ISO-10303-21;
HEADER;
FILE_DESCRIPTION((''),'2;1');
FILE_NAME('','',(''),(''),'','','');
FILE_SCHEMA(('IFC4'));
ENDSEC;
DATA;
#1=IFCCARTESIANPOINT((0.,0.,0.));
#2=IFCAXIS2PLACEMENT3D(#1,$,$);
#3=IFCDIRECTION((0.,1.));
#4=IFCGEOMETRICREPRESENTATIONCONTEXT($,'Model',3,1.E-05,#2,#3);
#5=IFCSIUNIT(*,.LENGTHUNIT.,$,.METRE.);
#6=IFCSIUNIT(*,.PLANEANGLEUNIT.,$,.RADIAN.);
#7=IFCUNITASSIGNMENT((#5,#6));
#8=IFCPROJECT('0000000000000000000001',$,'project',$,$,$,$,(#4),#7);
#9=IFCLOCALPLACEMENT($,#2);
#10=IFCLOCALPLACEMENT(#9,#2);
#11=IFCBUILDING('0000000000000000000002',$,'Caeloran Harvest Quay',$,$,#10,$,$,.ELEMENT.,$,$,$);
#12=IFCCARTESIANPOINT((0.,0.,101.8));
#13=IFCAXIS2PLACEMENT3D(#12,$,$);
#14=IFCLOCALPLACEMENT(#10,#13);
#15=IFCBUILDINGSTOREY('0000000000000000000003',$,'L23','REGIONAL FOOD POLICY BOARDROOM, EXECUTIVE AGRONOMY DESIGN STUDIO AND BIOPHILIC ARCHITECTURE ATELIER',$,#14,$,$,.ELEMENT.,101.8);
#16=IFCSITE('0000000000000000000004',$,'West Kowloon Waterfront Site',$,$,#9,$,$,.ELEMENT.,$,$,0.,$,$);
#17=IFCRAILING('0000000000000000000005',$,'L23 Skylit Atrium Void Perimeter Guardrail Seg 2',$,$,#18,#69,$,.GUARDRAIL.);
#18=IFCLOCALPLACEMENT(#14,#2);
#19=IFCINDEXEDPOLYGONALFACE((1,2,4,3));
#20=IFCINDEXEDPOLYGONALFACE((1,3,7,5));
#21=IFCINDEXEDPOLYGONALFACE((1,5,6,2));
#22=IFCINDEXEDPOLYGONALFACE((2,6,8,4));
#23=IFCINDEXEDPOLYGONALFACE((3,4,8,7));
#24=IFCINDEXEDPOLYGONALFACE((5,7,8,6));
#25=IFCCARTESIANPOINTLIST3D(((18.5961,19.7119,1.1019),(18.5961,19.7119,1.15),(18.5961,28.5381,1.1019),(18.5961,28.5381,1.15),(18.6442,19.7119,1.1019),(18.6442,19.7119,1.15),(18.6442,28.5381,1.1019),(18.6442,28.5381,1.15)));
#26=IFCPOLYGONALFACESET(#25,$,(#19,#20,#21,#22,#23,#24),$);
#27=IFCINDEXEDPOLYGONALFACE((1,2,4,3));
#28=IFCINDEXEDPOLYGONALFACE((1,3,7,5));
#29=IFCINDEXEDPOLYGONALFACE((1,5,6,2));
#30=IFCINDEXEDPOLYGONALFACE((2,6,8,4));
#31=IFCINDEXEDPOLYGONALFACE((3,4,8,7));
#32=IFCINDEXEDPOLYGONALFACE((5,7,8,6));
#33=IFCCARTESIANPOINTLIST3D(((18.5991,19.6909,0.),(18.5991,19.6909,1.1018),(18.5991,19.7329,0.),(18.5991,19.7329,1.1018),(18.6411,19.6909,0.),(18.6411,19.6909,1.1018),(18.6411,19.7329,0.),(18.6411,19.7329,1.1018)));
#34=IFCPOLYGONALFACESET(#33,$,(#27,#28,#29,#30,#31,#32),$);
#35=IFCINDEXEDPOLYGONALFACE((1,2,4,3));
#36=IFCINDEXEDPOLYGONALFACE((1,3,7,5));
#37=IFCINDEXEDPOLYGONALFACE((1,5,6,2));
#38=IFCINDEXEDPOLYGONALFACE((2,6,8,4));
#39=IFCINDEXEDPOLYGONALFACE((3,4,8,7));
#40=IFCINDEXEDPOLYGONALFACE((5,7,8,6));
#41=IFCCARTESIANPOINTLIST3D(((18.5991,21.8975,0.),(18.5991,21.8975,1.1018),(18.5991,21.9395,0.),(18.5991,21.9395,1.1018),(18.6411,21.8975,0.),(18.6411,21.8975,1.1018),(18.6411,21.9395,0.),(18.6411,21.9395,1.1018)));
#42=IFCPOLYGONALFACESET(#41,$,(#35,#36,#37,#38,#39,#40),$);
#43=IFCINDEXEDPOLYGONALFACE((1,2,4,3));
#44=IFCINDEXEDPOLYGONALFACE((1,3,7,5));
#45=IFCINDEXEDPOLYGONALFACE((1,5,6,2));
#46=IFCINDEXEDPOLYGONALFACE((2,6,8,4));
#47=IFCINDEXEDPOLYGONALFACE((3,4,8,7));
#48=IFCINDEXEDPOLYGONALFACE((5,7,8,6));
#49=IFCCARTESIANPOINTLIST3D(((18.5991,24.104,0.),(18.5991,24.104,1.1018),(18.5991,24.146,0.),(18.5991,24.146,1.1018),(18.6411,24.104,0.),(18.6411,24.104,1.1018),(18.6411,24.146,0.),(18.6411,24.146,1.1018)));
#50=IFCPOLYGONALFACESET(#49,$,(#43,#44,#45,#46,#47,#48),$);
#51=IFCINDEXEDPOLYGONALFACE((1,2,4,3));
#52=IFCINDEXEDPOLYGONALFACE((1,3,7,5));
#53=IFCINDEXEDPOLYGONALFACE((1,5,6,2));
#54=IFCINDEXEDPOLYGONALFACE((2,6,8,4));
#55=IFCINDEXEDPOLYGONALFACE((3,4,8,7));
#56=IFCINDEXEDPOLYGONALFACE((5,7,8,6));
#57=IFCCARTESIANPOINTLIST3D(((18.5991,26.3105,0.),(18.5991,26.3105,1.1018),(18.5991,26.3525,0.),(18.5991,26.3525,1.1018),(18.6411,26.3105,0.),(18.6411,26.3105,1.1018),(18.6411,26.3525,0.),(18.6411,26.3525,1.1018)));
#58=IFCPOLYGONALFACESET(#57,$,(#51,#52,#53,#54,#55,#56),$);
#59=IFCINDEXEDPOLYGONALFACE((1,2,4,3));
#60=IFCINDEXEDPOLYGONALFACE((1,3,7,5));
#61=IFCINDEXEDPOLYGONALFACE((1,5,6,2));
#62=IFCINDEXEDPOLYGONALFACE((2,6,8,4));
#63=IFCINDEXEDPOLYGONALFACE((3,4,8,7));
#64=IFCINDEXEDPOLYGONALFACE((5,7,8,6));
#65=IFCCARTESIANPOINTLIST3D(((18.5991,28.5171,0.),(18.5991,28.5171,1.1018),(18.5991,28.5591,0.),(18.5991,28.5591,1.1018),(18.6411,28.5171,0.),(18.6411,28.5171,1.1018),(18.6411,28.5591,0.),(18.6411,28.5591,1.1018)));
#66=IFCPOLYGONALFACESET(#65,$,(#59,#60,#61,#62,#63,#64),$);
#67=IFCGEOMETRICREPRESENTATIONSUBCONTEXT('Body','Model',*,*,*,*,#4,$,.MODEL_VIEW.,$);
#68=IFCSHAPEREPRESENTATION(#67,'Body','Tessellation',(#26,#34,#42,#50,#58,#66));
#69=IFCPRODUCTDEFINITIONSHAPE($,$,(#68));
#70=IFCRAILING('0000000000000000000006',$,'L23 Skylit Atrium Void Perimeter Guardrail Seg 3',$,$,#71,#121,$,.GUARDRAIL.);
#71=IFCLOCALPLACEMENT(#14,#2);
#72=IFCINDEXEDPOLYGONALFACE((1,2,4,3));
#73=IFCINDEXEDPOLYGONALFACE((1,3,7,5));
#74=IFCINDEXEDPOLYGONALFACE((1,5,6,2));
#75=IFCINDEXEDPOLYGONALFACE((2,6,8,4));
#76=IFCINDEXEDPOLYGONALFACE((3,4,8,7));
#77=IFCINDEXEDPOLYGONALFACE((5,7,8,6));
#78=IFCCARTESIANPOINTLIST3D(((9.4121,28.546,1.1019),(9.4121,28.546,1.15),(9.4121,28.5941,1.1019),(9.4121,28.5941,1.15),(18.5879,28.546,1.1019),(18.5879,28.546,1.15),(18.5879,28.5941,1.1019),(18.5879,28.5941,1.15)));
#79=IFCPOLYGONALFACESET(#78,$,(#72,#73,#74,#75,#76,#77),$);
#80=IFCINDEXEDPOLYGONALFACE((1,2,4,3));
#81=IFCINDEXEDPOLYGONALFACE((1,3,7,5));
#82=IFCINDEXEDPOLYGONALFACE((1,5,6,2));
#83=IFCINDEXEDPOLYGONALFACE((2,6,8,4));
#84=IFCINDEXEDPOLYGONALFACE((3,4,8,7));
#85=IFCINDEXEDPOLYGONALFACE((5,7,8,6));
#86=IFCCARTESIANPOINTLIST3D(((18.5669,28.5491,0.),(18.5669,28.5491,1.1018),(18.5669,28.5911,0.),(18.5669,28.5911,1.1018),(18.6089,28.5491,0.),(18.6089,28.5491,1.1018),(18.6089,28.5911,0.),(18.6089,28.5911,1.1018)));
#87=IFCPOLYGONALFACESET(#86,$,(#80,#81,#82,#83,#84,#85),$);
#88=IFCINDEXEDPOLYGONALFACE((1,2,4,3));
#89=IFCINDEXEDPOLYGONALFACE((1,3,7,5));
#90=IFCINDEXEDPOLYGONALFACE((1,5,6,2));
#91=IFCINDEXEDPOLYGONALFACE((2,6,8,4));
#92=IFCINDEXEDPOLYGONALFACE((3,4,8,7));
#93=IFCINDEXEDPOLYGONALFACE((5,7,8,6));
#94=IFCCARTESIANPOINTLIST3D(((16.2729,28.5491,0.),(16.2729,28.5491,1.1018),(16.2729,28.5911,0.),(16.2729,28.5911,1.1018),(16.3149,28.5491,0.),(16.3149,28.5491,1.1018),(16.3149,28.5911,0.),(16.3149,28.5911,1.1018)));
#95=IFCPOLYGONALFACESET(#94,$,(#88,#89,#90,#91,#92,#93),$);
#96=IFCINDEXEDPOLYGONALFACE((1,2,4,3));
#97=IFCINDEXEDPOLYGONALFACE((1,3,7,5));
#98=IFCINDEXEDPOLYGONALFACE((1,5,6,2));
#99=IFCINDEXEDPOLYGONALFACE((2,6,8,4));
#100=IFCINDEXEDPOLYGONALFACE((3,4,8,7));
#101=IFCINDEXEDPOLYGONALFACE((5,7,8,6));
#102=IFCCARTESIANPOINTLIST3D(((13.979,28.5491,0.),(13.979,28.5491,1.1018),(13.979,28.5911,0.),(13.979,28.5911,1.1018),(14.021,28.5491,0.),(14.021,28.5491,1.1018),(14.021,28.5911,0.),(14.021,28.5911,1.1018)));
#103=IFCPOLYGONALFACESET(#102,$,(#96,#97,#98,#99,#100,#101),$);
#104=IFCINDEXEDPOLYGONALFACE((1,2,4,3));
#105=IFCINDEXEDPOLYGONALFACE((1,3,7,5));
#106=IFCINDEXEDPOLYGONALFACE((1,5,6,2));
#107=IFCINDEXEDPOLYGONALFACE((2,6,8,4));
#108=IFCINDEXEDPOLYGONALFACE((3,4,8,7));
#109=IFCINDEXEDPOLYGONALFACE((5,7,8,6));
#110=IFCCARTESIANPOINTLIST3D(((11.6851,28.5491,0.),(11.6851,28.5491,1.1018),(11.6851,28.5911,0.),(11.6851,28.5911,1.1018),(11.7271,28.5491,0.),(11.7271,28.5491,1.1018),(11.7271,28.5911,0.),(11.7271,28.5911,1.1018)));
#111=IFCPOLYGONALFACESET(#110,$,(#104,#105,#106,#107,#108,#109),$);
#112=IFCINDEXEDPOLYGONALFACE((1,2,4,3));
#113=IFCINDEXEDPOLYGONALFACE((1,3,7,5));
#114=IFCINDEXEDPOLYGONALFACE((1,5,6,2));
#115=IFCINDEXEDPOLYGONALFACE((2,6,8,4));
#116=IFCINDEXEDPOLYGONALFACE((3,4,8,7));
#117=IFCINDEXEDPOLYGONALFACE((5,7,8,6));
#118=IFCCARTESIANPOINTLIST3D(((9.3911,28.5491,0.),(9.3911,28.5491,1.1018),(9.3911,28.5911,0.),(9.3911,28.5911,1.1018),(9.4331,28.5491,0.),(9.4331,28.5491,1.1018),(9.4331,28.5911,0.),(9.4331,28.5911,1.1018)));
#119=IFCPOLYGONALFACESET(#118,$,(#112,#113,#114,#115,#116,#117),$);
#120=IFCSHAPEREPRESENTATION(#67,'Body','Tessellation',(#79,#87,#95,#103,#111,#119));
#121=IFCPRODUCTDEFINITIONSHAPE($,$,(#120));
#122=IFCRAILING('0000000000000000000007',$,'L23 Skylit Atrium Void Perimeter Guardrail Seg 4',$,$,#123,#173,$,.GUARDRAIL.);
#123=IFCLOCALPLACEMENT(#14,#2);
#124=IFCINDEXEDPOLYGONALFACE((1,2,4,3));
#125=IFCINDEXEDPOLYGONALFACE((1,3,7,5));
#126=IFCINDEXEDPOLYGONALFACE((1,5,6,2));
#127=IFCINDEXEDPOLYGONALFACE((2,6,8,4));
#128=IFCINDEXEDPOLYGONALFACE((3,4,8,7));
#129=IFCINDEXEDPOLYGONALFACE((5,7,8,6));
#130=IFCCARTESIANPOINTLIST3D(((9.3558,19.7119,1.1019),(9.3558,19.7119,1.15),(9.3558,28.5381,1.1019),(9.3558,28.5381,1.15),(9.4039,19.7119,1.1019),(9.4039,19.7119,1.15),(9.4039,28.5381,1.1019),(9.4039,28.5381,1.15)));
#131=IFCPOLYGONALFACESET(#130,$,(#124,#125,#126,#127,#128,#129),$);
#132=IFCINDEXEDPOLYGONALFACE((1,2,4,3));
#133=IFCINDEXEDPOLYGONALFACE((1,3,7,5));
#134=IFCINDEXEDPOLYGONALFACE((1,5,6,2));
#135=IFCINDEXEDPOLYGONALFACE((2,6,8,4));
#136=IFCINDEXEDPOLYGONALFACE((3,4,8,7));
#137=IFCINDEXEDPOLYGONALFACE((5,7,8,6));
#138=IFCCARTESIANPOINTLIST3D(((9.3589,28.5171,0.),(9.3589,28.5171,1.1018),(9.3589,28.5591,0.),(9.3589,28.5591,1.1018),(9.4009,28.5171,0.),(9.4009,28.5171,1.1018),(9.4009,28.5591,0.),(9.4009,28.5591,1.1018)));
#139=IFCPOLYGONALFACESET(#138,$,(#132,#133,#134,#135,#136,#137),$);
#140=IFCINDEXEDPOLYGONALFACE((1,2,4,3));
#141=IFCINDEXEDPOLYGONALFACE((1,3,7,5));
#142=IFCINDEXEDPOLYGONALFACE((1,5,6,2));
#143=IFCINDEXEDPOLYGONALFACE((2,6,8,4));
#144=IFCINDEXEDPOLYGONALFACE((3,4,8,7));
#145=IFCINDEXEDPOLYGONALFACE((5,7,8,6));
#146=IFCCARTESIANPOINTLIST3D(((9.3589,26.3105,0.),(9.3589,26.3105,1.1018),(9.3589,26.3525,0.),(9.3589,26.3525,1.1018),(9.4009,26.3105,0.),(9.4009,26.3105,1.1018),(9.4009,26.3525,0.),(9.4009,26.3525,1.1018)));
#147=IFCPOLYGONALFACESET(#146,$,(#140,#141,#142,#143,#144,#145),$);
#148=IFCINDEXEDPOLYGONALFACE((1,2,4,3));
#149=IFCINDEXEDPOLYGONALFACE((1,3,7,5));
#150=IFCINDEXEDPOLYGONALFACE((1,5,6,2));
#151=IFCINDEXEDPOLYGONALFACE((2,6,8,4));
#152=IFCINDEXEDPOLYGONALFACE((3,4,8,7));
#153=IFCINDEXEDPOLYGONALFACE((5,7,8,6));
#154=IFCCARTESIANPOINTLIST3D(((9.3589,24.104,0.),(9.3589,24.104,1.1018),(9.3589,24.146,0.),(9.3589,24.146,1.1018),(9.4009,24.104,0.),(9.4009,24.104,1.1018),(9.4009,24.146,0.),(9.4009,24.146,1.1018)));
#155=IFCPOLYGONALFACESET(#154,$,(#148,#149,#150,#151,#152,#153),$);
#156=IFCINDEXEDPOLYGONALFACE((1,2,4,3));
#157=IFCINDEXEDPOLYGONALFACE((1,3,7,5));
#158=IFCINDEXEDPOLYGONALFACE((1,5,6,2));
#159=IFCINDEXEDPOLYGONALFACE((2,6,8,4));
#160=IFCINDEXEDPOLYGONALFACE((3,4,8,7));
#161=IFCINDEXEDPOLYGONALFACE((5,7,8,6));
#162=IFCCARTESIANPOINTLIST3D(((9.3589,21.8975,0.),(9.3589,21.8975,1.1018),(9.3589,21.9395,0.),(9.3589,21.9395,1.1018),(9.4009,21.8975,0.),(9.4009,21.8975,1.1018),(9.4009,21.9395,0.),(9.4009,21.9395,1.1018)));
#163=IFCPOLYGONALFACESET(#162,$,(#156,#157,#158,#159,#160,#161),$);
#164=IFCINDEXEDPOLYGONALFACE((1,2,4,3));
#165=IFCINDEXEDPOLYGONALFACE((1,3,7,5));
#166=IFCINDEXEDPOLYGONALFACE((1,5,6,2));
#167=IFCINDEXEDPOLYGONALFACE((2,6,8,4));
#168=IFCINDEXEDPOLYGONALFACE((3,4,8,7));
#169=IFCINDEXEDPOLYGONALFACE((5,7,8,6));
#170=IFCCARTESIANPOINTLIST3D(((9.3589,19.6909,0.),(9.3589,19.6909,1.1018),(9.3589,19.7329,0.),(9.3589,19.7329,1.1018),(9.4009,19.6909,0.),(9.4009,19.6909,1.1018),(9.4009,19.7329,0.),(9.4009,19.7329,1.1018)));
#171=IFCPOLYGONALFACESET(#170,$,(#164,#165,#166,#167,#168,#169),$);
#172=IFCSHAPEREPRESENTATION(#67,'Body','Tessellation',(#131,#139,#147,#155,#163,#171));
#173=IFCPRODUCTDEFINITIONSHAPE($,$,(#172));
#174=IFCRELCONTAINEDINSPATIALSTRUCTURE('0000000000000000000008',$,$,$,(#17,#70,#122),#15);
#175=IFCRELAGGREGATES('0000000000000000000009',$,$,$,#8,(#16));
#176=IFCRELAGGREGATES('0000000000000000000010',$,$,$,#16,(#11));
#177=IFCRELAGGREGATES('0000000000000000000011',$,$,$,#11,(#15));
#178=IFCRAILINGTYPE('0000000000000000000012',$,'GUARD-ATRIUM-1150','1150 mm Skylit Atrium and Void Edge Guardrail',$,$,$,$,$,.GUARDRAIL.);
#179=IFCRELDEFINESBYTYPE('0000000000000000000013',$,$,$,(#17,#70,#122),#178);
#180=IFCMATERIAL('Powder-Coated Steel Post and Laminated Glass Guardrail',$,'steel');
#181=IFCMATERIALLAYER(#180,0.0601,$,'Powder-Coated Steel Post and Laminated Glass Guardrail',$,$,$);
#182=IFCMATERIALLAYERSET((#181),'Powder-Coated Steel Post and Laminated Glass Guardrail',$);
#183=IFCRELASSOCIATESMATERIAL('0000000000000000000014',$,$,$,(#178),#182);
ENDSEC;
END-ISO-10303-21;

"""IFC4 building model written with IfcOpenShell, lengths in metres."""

from ifc_helpers import new_model, si_unit, direction, frame, origin, origin_2d, place, context, subcontext, project, spatial, rectangle, extrude, material, layer, layer_set, type_object, element, save


model = new_model("IFC4")

# Units and contexts
model_context = context("Model", 3, precision=1e-05, world=origin(), true_north=direction((0.0, 1.0)))
body_context = subcontext(model_context, "Body", "Model", "MODEL_VIEW")
ifc_project = project(units=[si_unit("LENGTHUNIT", "METRE"), si_unit("PLANEANGLEUNIT", "RADIAN")], contexts=[model_context])

# Site, building, storey
site_placement = place(None, origin())
site = spatial("IfcSite", under=ifc_project, at=site_placement, Name="West Kowloon Waterfront Site", CompositionType="ELEMENT", RefElevation=0.0)
building_placement = place(site_placement, origin())
building = spatial("IfcBuilding", under=site, at=building_placement, Name="Caeloran Harvest Quay", CompositionType="ELEMENT")
storey_placement = place(building_placement, frame((0.0, 0.0, 101.8)))
storey = spatial("IfcBuildingStorey", under=building, at=storey_placement, Name="L23", Description="REGIONAL FOOD POLICY BOARDROOM, EXECUTIVE AGRONOMY DESIGN STUDIO AND BIOPHILIC ARCHITECTURE ATELIER", CompositionType="ELEMENT", Elevation=101.8)

# Railings
ifc_material_1 = material(Name="Powder-Coated Steel Post and Laminated Glass Guardrail", Category="steel")
ifc_layer_1 = layer(ifc_material_1, 0.0601, Name="Powder-Coated Steel Post and Laminated Glass Guardrail")
ifc_layer_set_1 = layer_set([ifc_layer_1], Name="Powder-Coated Steel Post and Laminated Glass Guardrail")
railing_type = type_object("IfcRailingType", Name="GUARD-ATRIUM-1150", Description="1150 mm Skylit Atrium and Void Edge Guardrail", PredefinedType="GUARDRAIL", material=ifc_layer_set_1)
railing_1_placement = place(storey_placement, frame((18.6201, 19.7119, 0.0)))
element("IfcRailing", 1, at=railing_1_placement, inside=storey, type_object=railing_type, Name="L23 Skylit Atrium Void Perimeter Guardrail Seg 2", PredefinedType="GUARDRAIL", context=body_context, shape_type="SweptSolid", body=[
    extrude(rectangle(XDim=0.0481, YDim=0.0481, at=origin_2d()), frame((0.0, 0.0, 1.126), z_axis=(0.0, 1.0, 0.0), x_axis=(-1.0, 0.0, 0.0)), (0.0, 0.0, 1.0), 8.8262),
    extrude(rectangle(XDim=0.042, YDim=0.042, at=origin_2d()), origin(), (0.0, 0.0, 1.0), 1.1018),
    extrude(rectangle(XDim=0.042, YDim=0.042, at=origin_2d()), frame((0.0, 2.2065, 0.0)), (0.0, 0.0, 1.0), 1.1018),
    extrude(rectangle(XDim=0.042, YDim=0.042, at=origin_2d()), frame((0.0, 4.4131, 0.0)), (0.0, 0.0, 1.0), 1.1018),
    extrude(rectangle(XDim=0.042, YDim=0.042, at=origin_2d()), frame((0.0, 6.6196, 0.0)), (0.0, 0.0, 1.0), 1.1018),
    extrude(rectangle(XDim=0.042, YDim=0.042, at=origin_2d()), frame((0.0, 8.8262, 0.0)), (0.0, 0.0, 1.0), 1.1018),
])
railing_2_placement = place(storey_placement, frame((18.5879, 28.5701, 0.0)))
element("IfcRailing", 2, at=railing_2_placement, inside=storey, type_object=railing_type, Name="L23 Skylit Atrium Void Perimeter Guardrail Seg 3", PredefinedType="GUARDRAIL", context=body_context, shape_type="SweptSolid", body=[
    extrude(rectangle(XDim=0.0481, YDim=0.0481, at=origin_2d()), frame((0.0, 0.0, 1.126), z_axis=(-1.0, 0.0, 0.0), x_axis=(0.0, -1.0, 0.0)), (0.0, 0.0, 1.0), 9.1758),
    extrude(rectangle(XDim=0.042, YDim=0.042, at=origin_2d()), origin(), (0.0, 0.0, 1.0), 1.1018),
    extrude(rectangle(XDim=0.042, YDim=0.042, at=origin_2d()), frame((-2.2939, 0.0, 0.0)), (0.0, 0.0, 1.0), 1.1018),
    extrude(rectangle(XDim=0.042, YDim=0.042, at=origin_2d()), frame((-4.5879, 0.0, 0.0)), (0.0, 0.0, 1.0), 1.1018),
    extrude(rectangle(XDim=0.042, YDim=0.042, at=origin_2d()), frame((-6.8818, 0.0, 0.0)), (0.0, 0.0, 1.0), 1.1018),
    extrude(rectangle(XDim=0.042, YDim=0.042, at=origin_2d()), frame((-9.1758, 0.0, 0.0)), (0.0, 0.0, 1.0), 1.1018),
])
railing_3_placement = place(storey_placement, frame((9.3799, 28.5381, 0.0)))
element("IfcRailing", 3, at=railing_3_placement, inside=storey, type_object=railing_type, Name="L23 Skylit Atrium Void Perimeter Guardrail Seg 4", PredefinedType="GUARDRAIL", context=body_context, shape_type="SweptSolid", body=[
    extrude(rectangle(XDim=0.0481, YDim=0.0481, at=origin_2d()), frame((0.0, 0.0, 1.126), z_axis=(0.0, -1.0, 0.0), x_axis=(1.0, 0.0, 0.0)), (0.0, 0.0, 1.0), 8.8262),
    extrude(rectangle(XDim=0.042, YDim=0.042, at=origin_2d()), origin(), (0.0, 0.0, 1.0), 1.1018),
    extrude(rectangle(XDim=0.042, YDim=0.042, at=origin_2d()), frame((0.0, -2.2065, 0.0)), (0.0, 0.0, 1.0), 1.1018),
    extrude(rectangle(XDim=0.042, YDim=0.042, at=origin_2d()), frame((0.0, -4.4131, 0.0)), (0.0, 0.0, 1.0), 1.1018),
    extrude(rectangle(XDim=0.042, YDim=0.042, at=origin_2d()), frame((0.0, -6.6196, 0.0)), (0.0, 0.0, 1.0), 1.1018),
    extrude(rectangle(XDim=0.042, YDim=0.042, at=origin_2d()), frame((0.0, -8.8262, 0.0)), (0.0, 0.0, 1.0), 1.1018),
])

save(model, "model.ifc")
